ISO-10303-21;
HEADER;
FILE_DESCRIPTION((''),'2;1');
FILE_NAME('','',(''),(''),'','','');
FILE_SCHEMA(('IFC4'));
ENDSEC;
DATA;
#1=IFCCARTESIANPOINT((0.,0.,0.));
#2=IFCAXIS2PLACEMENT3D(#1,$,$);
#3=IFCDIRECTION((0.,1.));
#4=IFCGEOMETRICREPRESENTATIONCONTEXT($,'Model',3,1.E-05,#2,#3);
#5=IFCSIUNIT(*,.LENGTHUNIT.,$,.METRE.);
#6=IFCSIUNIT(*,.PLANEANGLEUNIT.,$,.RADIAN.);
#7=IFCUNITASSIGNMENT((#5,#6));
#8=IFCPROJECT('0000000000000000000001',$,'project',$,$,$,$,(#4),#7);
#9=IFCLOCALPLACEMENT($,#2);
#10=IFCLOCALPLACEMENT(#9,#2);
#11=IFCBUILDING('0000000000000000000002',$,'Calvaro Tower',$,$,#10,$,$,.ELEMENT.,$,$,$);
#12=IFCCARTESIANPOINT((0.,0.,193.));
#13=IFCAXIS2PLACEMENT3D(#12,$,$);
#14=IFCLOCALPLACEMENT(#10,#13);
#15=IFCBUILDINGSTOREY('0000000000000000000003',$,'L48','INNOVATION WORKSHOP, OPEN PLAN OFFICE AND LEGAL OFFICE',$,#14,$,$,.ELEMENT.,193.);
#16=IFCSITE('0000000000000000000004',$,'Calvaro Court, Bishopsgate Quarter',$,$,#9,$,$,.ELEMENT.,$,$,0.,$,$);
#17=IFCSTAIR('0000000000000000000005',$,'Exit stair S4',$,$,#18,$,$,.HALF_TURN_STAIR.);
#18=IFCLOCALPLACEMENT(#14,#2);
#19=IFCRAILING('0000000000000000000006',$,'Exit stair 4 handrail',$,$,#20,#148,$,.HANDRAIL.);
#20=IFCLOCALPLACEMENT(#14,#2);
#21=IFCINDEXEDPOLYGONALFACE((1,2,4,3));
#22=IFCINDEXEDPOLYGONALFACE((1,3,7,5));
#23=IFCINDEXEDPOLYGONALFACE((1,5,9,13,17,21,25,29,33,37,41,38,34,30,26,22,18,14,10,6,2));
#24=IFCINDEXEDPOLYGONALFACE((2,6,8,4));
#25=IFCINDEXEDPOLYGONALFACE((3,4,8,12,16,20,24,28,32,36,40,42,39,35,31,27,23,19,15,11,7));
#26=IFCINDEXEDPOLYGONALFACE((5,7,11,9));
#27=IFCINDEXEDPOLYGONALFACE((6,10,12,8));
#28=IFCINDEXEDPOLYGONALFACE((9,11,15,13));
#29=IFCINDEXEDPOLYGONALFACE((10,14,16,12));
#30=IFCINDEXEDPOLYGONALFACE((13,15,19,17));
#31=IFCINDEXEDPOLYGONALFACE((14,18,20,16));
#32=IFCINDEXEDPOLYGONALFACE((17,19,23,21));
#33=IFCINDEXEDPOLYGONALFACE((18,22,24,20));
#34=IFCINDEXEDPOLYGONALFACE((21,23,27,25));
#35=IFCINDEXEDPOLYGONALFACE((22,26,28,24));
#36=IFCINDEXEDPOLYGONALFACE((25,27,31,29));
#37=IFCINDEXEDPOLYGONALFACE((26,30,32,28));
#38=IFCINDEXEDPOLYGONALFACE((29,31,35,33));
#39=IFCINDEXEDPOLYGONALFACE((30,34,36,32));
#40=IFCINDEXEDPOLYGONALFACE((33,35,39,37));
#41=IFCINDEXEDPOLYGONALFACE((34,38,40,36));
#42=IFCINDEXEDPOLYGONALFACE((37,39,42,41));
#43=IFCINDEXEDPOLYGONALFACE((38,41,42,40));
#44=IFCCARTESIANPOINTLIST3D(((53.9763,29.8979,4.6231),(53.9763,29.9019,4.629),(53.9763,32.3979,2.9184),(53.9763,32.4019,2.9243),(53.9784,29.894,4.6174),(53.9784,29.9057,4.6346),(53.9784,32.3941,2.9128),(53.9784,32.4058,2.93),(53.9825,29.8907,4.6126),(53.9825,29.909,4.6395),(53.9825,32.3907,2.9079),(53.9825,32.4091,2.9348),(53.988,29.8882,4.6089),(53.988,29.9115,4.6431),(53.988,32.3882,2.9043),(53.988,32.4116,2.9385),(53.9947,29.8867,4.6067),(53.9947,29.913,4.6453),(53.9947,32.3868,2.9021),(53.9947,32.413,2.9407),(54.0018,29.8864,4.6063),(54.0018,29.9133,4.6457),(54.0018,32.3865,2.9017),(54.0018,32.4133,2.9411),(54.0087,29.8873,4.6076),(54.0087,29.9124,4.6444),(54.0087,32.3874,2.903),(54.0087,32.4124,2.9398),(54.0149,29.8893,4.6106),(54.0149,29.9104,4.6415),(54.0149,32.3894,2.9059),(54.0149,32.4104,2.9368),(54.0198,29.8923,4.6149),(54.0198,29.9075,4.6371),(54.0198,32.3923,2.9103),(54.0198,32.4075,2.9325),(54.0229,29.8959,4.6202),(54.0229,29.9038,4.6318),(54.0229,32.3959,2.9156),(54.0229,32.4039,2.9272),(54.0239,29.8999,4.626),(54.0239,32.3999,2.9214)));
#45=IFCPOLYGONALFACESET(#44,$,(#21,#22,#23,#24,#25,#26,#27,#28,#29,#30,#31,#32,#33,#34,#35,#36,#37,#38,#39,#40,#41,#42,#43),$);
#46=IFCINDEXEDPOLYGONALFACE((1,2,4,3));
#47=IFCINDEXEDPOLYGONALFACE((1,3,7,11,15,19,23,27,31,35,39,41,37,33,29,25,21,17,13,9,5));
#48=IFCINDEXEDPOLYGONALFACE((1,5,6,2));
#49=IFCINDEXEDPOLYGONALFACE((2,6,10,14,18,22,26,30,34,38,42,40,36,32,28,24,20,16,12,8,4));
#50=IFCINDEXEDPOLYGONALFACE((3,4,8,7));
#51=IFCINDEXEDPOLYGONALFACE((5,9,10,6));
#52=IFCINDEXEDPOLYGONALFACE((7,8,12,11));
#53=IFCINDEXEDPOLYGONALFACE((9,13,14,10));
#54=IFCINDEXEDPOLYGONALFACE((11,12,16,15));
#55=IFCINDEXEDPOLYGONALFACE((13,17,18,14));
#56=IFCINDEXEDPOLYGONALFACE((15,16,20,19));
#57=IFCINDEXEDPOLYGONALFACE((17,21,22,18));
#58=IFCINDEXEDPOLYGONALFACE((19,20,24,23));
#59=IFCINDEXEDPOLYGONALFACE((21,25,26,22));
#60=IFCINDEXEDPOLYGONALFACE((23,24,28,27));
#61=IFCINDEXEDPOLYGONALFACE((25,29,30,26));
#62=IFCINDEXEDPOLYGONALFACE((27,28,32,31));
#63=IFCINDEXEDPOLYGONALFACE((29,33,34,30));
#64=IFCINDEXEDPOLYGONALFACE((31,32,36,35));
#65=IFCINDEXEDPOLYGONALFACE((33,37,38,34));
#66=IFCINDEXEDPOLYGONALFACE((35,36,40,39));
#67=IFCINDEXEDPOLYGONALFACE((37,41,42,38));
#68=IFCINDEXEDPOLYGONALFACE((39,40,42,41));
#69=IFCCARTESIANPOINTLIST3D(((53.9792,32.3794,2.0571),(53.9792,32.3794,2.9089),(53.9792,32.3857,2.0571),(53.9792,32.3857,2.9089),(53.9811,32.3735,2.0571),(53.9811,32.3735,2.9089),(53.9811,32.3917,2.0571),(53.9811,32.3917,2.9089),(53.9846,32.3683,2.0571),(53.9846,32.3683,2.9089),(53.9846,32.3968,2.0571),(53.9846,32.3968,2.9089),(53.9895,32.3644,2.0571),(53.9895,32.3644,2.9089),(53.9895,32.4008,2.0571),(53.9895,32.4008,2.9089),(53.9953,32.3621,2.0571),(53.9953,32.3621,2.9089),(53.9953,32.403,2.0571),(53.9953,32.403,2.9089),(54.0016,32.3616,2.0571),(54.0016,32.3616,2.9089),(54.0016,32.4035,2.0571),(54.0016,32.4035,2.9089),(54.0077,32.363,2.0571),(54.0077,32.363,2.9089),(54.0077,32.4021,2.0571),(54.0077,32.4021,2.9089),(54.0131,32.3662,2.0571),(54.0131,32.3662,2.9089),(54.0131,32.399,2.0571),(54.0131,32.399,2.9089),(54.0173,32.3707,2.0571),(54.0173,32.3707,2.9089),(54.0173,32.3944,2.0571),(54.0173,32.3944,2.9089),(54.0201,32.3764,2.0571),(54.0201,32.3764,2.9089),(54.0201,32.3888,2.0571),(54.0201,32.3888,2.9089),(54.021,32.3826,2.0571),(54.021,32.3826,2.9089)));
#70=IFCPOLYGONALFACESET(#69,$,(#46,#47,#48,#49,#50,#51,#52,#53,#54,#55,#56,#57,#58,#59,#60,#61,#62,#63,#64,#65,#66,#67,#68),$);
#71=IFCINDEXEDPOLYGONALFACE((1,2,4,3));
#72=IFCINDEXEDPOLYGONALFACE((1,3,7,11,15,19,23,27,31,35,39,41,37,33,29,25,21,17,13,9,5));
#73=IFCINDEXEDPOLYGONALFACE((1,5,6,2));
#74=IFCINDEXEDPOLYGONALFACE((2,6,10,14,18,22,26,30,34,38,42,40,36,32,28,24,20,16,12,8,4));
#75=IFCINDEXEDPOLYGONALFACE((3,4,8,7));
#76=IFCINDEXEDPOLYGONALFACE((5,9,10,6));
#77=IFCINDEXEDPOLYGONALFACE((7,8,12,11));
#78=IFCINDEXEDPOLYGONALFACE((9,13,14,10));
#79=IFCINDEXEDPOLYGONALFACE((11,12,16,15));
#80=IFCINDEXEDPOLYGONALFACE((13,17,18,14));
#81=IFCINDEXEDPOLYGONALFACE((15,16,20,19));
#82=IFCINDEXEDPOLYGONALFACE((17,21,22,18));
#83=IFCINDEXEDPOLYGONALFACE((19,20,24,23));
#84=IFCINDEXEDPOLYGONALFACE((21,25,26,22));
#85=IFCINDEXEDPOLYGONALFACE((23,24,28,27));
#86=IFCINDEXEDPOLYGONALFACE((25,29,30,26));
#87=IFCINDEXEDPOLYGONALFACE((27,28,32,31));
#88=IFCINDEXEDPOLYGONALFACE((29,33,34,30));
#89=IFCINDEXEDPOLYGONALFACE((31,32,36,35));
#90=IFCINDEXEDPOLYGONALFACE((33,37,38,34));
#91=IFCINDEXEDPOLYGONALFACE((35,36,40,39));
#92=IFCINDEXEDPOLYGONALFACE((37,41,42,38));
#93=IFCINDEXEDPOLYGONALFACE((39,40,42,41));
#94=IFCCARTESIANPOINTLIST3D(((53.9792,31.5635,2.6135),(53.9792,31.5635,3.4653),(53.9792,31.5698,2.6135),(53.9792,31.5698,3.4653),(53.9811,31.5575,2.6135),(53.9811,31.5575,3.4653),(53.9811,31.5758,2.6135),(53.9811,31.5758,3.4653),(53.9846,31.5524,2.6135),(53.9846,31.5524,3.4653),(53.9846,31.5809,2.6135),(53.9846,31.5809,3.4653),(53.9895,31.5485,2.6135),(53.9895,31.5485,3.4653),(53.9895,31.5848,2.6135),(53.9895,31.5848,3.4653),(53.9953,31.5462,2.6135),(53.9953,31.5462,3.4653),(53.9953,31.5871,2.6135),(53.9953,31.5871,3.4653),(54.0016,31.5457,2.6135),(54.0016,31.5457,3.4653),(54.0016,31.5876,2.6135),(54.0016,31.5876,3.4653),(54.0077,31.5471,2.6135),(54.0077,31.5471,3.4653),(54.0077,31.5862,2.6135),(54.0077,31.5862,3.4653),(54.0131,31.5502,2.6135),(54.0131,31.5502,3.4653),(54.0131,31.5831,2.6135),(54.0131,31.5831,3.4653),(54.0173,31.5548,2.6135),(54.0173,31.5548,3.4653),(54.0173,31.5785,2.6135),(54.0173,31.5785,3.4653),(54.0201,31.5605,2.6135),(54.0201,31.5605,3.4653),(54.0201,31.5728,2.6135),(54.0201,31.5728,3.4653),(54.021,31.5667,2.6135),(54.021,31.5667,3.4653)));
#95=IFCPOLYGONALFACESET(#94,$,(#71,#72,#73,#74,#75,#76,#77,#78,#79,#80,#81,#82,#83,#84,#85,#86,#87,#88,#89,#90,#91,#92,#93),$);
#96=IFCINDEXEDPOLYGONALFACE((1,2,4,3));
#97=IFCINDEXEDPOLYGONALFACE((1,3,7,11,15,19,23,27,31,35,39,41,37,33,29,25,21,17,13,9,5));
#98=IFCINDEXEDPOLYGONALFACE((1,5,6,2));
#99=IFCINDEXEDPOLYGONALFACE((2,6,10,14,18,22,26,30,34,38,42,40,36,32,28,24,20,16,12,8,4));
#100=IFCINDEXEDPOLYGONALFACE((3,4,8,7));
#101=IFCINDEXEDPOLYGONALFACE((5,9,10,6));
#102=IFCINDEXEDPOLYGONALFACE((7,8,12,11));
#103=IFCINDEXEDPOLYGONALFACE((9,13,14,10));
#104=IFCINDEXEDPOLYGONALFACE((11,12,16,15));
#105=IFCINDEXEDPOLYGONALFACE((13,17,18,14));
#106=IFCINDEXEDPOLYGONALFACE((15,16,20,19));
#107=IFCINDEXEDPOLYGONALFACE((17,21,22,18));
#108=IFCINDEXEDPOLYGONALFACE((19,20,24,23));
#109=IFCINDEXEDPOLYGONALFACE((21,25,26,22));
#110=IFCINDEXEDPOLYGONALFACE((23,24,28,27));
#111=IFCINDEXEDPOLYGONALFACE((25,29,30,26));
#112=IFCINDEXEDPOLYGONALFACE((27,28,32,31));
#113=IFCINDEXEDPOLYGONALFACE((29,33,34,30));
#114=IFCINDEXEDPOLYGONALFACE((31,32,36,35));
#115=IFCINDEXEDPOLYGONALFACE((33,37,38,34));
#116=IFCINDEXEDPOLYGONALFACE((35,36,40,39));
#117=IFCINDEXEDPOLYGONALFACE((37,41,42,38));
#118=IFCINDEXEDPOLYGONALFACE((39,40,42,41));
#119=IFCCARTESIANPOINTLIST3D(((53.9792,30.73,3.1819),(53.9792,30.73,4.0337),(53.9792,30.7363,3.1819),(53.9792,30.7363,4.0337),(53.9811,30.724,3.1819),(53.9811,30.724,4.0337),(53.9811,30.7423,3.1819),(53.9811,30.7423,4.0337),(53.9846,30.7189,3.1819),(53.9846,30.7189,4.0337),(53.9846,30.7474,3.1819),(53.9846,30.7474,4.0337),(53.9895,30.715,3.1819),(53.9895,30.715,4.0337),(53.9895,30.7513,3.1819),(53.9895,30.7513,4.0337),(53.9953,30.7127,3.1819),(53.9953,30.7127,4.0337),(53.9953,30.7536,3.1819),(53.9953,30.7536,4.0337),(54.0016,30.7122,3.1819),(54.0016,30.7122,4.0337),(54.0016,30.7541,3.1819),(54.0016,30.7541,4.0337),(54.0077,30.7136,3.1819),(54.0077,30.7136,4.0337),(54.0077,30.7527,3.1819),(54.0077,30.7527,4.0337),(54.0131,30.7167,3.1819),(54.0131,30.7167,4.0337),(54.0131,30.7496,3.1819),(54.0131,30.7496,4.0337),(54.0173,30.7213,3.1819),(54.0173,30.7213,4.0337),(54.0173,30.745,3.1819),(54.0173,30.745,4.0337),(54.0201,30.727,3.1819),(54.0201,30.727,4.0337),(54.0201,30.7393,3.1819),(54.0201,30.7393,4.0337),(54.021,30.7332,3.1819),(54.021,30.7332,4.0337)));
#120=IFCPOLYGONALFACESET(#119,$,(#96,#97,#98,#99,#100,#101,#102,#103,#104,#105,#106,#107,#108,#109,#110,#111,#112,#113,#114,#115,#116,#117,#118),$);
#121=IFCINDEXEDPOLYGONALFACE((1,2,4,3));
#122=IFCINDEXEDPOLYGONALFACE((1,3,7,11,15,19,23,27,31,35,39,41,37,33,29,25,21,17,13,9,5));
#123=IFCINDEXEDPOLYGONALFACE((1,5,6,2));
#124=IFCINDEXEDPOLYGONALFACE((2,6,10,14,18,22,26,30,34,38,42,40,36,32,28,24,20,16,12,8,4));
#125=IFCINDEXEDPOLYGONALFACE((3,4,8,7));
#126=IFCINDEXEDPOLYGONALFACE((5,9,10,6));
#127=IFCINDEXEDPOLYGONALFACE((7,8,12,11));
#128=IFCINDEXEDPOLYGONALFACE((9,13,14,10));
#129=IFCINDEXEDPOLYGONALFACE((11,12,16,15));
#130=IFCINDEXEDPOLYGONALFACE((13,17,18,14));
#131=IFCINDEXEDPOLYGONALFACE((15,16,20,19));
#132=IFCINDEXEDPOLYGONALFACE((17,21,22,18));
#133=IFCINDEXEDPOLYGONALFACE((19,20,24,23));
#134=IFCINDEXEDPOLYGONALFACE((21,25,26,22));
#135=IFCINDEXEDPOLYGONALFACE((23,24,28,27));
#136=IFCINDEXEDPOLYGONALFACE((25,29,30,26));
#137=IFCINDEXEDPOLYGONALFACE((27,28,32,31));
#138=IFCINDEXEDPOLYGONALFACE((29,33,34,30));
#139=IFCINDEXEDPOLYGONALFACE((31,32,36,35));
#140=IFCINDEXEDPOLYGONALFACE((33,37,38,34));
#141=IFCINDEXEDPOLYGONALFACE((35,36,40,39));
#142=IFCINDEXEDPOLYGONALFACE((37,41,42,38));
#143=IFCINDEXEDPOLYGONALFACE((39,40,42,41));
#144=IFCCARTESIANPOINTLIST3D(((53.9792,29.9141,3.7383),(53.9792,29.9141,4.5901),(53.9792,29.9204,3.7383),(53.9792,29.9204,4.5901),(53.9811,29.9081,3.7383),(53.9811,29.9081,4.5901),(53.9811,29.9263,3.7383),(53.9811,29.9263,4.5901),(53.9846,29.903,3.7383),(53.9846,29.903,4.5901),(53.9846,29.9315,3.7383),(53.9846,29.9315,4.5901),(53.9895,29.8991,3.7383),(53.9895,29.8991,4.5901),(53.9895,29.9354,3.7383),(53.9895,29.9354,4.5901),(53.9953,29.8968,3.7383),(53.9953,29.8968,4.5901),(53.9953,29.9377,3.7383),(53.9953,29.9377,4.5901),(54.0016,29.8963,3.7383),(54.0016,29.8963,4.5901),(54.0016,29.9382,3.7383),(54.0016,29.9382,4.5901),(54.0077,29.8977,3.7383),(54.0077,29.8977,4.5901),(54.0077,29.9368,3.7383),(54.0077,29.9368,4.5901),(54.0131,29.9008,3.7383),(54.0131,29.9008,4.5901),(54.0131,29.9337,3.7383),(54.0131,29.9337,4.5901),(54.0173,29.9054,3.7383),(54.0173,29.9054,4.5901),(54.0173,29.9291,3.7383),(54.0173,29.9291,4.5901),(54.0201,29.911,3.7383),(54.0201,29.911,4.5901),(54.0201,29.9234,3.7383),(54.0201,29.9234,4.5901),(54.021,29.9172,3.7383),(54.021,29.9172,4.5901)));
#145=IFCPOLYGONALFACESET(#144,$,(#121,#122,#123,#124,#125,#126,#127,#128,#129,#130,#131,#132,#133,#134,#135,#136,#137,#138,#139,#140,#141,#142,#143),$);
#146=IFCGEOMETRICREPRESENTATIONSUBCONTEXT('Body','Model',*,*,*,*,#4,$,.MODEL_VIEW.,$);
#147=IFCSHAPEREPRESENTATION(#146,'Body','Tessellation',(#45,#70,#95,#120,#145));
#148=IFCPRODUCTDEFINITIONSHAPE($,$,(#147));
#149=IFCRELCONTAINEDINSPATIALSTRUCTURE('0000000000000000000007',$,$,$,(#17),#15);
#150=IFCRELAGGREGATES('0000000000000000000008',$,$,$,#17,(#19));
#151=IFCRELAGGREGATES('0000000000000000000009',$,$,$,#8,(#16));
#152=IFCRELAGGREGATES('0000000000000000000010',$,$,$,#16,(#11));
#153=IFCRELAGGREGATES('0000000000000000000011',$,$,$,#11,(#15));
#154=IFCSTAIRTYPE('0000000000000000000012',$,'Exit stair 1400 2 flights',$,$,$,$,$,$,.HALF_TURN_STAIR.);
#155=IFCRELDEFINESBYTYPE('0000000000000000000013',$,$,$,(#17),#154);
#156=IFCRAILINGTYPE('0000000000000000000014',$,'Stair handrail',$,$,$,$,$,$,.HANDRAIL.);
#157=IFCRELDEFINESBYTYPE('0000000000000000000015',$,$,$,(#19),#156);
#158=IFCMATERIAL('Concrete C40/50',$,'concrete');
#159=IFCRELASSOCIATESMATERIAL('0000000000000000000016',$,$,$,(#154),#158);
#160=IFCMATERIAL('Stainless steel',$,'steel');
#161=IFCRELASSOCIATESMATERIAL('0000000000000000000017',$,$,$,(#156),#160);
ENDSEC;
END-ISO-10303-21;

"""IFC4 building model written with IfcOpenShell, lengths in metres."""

from ifc_helpers import new_model, si_unit, direction, frame, origin, origin_2d, place, context, subcontext, project, spatial, circle, extrude, material, type_object, element, aggregate, save


model = new_model("IFC4")

# Units and contexts
model_context = context("Model", 3, precision=1e-05, world=origin(), true_north=direction((0.0, 1.0)))
body_context = subcontext(model_context, "Body", "Model", "MODEL_VIEW")
ifc_project = project(units=[si_unit("LENGTHUNIT", "METRE"), si_unit("PLANEANGLEUNIT", "RADIAN")], contexts=[model_context])

# Site, building, storey
site_placement = place(None, origin())
site = spatial("IfcSite", under=ifc_project, at=site_placement, Name="Calvaro Court, Bishopsgate Quarter", CompositionType="ELEMENT", RefElevation=0.0)
building_placement = place(site_placement, origin())
building = spatial("IfcBuilding", under=site, at=building_placement, Name="Calvaro Tower", CompositionType="ELEMENT")
storey_placement = place(building_placement, frame((0.0, 0.0, 193.0)))
storey = spatial("IfcBuildingStorey", under=building, at=storey_placement, Name="L48", Description="INNOVATION WORKSHOP, OPEN PLAN OFFICE AND LEGAL OFFICE", CompositionType="ELEMENT", Elevation=193.0)

# Stair
ifc_material_1 = material(Name="Concrete C40/50", Category="concrete")
stair_type = type_object("IfcStairType", Name="Exit stair 1400 2 flights", PredefinedType="HALF_TURN_STAIR", material=ifc_material_1)
stair_1_placement = place(storey_placement, origin())
stair_1 = element("IfcStair", 1, at=stair_1_placement, inside=storey, type_object=stair_type, Name="Exit stair S4", PredefinedType="HALF_TURN_STAIR")

# Railing
ifc_material_2 = material(Name="Stainless steel", Category="steel")
railing_type = type_object("IfcRailingType", Name="Stair handrail", PredefinedType="HANDRAIL", material=ifc_material_2)
railing_1_placement = place(storey_placement, frame((54.0, 32.3999, 2.0454)))
railing_1 = element("IfcRailing", 2, at=railing_1_placement, type_object=railing_type, Name="Exit stair 4 handrail", PredefinedType="HANDRAIL", context=body_context, shape_type="SweptSolid", body=[
    extrude(circle(Radius=0.0239, at=origin_2d()), frame((0.0, 0.0, 0.876), z_axis=(0.0, -0.826221, 0.563347), x_axis=(1.0, 0.0, 0.0)), (0.0, 0.0, 1.0), 3.0259),
    extrude(circle(Radius=0.021, at=origin_2d()), frame((0.0, -0.0173, 0.0117)), (0.0, 0.0, 1.0), 0.8518),
    extrude(circle(Radius=0.021, at=origin_2d()), frame((0.0, -0.8333, 0.5681)), (0.0, 0.0, 1.0), 0.8518),
    extrude(circle(Radius=0.021, at=origin_2d()), frame((0.0, -1.6667, 1.1365)), (0.0, 0.0, 1.0), 0.8518),
    extrude(circle(Radius=0.021, at=origin_2d()), frame((0.0, -2.4827, 1.6929)), (0.0, 0.0, 1.0), 0.8518),
])
aggregate(stair_1, [railing_1])

save(model, "model.ifc")
